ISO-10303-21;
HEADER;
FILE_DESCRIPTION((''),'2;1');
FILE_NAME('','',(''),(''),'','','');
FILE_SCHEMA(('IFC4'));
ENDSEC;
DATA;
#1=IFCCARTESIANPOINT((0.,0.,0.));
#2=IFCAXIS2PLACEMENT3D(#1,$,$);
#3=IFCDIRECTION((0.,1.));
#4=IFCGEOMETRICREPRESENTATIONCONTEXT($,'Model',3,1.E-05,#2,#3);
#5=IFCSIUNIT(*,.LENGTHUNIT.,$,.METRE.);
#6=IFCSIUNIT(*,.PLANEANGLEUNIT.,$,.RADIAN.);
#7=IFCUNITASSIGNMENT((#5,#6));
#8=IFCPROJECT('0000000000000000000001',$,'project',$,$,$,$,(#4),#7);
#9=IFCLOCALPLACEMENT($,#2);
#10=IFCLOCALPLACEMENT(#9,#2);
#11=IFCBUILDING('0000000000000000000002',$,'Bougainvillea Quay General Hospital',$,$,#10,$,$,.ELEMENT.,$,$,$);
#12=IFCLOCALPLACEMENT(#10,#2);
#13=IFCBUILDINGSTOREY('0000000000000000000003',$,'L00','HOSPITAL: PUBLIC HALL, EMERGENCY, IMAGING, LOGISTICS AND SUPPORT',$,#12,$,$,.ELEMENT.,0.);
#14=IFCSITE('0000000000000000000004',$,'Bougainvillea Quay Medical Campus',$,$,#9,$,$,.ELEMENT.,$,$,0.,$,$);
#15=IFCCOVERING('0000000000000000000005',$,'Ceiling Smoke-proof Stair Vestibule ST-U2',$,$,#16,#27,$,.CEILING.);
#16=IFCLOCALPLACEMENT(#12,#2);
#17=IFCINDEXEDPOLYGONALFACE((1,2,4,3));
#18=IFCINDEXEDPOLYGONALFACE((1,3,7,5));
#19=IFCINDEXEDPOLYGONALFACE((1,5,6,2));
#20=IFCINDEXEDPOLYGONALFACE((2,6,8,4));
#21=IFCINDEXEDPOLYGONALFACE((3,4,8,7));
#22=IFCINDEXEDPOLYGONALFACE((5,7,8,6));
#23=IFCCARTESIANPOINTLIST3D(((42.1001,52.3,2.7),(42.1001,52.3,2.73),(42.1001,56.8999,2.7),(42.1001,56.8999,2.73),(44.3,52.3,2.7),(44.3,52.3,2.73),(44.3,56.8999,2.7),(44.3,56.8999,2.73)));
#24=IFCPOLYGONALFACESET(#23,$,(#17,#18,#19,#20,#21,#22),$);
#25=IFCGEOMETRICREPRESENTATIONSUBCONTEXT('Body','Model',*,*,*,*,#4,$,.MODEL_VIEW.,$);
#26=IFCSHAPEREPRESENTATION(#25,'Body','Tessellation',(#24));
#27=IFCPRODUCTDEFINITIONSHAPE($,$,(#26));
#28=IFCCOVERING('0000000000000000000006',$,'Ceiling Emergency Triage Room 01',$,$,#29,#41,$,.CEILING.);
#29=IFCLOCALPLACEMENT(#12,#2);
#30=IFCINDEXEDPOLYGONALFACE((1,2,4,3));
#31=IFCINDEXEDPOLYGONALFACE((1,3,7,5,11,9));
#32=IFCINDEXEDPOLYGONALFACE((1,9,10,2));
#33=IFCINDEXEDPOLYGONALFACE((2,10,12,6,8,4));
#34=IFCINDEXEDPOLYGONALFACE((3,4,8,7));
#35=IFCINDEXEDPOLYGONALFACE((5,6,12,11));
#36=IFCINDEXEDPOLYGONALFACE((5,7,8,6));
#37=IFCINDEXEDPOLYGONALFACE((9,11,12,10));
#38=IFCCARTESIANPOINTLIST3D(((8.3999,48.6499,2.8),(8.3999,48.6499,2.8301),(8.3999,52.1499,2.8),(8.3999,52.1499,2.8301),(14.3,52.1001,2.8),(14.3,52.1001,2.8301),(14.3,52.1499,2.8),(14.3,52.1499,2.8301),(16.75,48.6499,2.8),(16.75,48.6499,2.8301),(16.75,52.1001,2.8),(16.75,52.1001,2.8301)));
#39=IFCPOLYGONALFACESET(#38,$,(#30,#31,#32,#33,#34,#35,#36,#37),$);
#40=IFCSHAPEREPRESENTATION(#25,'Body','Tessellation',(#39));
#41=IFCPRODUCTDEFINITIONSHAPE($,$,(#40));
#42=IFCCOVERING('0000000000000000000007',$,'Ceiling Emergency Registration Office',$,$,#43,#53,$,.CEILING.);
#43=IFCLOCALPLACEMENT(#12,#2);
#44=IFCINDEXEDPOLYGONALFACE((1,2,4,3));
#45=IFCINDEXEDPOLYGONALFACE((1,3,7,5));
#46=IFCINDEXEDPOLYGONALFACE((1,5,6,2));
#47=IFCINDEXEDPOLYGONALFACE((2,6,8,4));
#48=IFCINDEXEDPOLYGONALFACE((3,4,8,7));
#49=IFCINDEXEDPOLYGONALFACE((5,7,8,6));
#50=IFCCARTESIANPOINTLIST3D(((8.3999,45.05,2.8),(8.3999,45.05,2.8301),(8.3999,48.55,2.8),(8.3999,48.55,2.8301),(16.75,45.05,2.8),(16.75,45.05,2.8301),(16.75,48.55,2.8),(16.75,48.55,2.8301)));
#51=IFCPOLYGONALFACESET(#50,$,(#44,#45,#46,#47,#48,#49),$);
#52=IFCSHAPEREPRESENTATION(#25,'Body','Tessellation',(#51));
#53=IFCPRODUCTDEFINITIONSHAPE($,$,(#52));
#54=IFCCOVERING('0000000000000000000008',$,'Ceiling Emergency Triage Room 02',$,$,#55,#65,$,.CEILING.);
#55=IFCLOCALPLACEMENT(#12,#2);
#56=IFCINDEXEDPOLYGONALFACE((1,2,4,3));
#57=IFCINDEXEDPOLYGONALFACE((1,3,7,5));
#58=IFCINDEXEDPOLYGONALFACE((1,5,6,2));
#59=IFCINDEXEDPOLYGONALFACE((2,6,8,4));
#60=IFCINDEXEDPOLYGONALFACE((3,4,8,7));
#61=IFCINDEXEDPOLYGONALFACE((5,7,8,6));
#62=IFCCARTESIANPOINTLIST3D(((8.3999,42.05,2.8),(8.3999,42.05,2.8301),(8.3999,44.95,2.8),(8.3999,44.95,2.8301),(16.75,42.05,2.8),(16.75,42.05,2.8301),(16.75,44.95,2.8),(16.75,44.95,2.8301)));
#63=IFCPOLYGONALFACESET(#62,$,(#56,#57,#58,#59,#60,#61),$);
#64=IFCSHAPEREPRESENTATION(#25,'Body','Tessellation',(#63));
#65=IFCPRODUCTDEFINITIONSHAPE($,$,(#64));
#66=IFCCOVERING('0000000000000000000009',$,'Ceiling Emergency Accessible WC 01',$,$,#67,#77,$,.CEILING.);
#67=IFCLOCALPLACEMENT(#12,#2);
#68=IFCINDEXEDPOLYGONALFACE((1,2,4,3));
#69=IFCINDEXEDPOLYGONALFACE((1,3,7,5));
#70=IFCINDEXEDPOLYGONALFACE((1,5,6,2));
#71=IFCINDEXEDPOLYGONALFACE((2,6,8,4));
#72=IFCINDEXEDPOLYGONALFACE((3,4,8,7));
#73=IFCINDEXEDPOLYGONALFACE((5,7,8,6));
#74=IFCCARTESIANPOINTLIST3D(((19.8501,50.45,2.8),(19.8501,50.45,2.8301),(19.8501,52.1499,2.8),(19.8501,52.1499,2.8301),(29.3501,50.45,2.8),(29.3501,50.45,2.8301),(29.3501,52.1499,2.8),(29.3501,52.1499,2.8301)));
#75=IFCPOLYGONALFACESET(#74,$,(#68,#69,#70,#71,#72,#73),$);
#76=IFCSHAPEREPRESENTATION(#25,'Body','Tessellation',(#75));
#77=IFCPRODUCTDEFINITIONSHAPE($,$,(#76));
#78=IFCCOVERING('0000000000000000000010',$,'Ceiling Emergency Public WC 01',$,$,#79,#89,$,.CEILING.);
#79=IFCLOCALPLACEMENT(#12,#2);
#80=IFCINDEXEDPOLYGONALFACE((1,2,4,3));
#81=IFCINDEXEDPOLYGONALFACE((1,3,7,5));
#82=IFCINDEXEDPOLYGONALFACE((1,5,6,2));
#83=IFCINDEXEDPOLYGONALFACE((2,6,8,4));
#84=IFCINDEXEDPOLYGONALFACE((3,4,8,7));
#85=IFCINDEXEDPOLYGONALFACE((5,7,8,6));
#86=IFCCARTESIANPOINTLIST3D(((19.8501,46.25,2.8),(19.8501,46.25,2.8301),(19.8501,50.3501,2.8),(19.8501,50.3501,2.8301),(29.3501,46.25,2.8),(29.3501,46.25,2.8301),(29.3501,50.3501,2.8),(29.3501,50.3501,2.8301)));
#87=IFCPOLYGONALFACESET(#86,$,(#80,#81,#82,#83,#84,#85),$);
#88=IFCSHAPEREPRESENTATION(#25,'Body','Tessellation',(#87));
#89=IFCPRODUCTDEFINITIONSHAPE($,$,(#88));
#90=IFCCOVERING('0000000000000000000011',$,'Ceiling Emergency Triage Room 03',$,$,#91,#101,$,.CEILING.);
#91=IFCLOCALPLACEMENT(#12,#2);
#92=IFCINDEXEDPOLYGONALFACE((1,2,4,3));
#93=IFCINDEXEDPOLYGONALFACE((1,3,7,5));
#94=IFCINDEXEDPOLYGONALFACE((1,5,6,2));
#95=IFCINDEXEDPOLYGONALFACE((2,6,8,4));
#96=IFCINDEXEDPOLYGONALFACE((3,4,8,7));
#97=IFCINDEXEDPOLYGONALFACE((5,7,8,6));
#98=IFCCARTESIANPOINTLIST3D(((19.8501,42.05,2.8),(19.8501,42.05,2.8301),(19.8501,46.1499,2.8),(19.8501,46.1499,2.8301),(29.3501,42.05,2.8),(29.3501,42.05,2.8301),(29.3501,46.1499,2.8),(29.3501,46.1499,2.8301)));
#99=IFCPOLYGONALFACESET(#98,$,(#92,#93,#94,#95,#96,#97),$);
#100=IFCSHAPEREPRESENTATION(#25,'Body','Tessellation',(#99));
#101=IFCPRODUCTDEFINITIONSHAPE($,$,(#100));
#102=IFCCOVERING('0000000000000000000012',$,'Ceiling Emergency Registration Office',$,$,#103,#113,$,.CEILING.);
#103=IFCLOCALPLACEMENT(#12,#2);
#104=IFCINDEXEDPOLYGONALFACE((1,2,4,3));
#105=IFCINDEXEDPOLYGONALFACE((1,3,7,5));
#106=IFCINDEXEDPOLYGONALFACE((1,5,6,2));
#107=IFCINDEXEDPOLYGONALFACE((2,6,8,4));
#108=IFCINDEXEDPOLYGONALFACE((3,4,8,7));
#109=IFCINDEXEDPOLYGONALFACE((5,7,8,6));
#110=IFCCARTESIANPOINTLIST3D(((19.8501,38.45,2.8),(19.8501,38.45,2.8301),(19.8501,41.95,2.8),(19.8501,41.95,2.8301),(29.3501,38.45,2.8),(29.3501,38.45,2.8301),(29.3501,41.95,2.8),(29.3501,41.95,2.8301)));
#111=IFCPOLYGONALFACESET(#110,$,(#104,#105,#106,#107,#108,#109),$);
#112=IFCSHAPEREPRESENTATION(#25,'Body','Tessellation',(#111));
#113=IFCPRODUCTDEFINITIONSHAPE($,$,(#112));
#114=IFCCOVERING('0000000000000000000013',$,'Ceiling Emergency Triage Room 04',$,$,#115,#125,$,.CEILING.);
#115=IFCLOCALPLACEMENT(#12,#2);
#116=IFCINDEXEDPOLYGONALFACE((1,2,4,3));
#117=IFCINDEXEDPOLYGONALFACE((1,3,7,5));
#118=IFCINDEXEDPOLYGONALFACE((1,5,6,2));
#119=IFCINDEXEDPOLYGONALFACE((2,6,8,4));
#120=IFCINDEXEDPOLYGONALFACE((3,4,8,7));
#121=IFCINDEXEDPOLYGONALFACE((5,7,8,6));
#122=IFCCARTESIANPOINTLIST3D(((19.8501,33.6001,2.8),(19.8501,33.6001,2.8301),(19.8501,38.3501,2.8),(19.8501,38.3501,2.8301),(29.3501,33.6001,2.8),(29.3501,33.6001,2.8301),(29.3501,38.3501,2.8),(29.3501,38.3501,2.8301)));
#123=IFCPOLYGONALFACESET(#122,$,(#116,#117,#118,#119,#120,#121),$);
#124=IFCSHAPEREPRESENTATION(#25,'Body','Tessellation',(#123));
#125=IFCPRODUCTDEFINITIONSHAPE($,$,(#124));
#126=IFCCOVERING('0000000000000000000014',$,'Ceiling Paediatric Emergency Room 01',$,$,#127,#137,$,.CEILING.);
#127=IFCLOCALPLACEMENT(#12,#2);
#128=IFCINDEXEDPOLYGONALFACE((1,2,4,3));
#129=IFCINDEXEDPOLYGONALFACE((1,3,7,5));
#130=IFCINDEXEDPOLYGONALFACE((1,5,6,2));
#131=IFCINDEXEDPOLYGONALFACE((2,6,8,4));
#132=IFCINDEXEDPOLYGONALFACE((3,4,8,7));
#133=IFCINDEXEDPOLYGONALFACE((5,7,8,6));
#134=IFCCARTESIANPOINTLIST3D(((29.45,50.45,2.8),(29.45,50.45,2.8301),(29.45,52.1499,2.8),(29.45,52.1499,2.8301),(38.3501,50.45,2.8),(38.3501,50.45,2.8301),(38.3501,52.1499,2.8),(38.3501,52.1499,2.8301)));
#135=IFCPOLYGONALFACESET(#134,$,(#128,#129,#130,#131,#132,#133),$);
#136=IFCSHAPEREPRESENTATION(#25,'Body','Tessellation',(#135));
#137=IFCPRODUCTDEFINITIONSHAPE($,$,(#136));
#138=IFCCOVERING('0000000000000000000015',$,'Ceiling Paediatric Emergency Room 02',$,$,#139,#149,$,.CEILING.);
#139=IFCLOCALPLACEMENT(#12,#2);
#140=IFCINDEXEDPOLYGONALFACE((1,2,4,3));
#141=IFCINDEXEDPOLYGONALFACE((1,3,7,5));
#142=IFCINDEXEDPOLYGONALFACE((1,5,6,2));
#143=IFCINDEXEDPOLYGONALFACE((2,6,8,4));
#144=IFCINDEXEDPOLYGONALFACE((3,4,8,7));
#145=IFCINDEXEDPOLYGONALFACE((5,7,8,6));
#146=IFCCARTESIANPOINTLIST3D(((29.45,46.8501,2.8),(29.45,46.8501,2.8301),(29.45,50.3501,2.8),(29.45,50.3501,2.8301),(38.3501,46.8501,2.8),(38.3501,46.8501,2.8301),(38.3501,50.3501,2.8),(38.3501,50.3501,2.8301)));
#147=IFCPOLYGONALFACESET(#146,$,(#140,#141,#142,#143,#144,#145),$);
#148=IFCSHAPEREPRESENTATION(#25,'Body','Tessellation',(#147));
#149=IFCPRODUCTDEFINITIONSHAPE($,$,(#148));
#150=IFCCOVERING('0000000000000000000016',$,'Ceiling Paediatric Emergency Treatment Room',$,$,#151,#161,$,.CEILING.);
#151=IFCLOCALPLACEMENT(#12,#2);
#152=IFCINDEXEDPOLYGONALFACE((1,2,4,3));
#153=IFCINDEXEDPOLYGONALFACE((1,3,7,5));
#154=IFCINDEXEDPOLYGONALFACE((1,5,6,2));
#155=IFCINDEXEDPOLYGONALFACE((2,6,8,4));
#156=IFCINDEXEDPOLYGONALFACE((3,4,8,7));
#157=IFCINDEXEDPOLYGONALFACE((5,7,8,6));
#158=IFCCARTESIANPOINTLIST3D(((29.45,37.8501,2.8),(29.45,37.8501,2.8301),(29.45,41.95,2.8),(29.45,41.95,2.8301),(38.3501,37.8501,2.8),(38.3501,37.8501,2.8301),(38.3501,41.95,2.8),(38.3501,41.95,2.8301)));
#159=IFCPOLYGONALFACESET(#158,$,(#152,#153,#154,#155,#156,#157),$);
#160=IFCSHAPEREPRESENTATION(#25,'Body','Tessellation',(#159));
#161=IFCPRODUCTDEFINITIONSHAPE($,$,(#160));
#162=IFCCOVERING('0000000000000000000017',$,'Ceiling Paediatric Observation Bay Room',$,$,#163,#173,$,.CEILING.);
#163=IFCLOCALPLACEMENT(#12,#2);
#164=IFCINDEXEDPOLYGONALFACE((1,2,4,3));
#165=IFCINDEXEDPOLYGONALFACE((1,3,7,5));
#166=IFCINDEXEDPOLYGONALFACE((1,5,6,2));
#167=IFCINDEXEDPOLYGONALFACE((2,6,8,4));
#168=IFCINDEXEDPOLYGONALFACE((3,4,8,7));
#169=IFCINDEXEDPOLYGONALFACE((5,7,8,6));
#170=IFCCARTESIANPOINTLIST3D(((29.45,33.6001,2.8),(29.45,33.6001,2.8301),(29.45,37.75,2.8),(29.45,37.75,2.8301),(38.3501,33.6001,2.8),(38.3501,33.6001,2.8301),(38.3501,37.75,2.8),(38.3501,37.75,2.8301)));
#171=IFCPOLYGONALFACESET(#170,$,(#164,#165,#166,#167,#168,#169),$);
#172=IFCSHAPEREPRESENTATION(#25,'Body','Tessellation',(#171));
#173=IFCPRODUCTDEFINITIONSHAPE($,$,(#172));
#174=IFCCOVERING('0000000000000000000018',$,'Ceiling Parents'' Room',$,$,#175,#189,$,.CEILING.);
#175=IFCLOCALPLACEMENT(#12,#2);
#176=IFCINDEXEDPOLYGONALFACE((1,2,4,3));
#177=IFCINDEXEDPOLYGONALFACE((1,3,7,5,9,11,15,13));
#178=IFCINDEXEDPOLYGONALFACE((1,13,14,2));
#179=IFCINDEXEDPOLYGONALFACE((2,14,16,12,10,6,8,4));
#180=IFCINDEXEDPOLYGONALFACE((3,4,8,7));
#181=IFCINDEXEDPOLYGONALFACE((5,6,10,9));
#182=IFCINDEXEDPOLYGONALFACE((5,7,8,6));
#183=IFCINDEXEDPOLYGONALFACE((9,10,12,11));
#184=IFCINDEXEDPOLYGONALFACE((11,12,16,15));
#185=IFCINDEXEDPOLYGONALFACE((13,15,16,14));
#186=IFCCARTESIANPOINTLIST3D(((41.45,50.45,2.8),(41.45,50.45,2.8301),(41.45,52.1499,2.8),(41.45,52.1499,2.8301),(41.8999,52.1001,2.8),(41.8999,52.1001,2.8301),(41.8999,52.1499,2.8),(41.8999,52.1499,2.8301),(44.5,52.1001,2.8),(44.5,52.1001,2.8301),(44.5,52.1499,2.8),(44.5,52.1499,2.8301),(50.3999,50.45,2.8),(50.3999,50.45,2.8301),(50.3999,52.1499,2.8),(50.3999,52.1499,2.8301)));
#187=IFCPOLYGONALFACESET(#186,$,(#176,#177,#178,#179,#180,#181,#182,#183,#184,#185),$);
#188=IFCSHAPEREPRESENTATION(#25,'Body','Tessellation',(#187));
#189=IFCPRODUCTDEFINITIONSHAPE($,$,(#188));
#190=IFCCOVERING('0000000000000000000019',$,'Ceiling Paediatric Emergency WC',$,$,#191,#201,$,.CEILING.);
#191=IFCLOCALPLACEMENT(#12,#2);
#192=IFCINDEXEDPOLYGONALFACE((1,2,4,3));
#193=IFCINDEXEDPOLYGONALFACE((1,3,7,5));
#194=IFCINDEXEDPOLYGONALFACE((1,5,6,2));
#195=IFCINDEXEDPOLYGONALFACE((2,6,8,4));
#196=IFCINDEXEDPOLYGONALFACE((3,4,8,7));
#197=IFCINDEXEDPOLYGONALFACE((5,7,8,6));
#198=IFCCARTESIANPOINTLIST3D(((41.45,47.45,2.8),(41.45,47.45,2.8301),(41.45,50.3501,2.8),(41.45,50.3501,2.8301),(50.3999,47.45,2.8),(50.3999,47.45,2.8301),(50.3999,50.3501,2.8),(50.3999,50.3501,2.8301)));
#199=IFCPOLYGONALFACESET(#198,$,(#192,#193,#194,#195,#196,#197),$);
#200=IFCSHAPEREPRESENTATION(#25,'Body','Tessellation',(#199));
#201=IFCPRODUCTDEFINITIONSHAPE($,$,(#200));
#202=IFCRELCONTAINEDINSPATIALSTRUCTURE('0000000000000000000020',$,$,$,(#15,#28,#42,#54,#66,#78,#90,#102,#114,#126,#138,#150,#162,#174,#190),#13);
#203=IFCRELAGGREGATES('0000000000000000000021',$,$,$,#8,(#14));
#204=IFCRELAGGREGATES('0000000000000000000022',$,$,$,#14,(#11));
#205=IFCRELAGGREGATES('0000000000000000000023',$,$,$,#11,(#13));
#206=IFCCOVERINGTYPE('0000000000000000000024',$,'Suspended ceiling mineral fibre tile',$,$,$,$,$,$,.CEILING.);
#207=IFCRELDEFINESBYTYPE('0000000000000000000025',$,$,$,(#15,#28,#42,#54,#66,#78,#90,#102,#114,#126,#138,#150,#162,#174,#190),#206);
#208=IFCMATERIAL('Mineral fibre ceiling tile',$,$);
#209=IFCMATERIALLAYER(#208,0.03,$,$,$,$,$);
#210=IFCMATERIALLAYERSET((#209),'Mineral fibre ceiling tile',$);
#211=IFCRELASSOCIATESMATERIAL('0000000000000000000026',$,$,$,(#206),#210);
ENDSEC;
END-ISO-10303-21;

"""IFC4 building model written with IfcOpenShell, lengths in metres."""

from ifc_helpers import new_model, si_unit, direction, frame, origin, place, context, subcontext, project, spatial, polyline, outline, extrude, material, layer, layer_set, type_object, element, save


model = new_model("IFC4")

# Units and contexts
model_context = context("Model", 3, precision=1e-05, world=origin(), true_north=direction((0.0, 1.0)))
body_context = subcontext(model_context, "Body", "Model", "MODEL_VIEW")
ifc_project = project(units=[si_unit("LENGTHUNIT", "METRE"), si_unit("PLANEANGLEUNIT", "RADIAN")], contexts=[model_context])

# Site, building, storey
site_placement = place(None, origin())
site = spatial("IfcSite", under=ifc_project, at=site_placement, Name="Bougainvillea Quay Medical Campus", CompositionType="ELEMENT", RefElevation=0.0)
building_placement = place(site_placement, origin())
building = spatial("IfcBuilding", under=site, at=building_placement, Name="Bougainvillea Quay General Hospital", CompositionType="ELEMENT")
storey_placement = place(building_placement, origin())
storey = spatial("IfcBuildingStorey", under=building, at=storey_placement, Name="L00", Description="HOSPITAL: PUBLIC HALL, EMERGENCY, IMAGING, LOGISTICS AND SUPPORT", CompositionType="ELEMENT", Elevation=0.0)

# Coverings
ifc_material = material(Name="Mineral fibre ceiling tile")
ifc_layer = layer(ifc_material, 0.03)
ifc_layer_set = layer_set([ifc_layer], Name="Mineral fibre ceiling tile")
covering_type = type_object("IfcCoveringType", Name="Suspended ceiling mineral fibre tile", PredefinedType="CEILING", material=ifc_layer_set)
covering_1_placement = place(storey_placement, frame((0.0, 0.0, 2.7)))
element("IfcCovering", 1, at=covering_1_placement, inside=storey, type_object=covering_type, Name="Ceiling Smoke-proof Stair Vestibule ST-U2", PredefinedType="CEILING", context=body_context, shape_type="SweptSolid", body=[
    extrude(outline(polyline([(42.1001, 56.8999), (42.1001, 52.3), (44.3, 52.3), (44.3, 56.8999), (42.1001, 56.8999)])), origin(), (0.0, 0.0, 1.0), 0.03),
])
covering_2_placement = place(storey_placement, frame((0.0, 0.0, 2.8)))
element("IfcCovering", 2, at=covering_2_placement, inside=storey, type_object=covering_type, Name="Ceiling Emergency Triage Room 01", PredefinedType="CEILING", context=body_context, shape_type="SweptSolid", body=[
    extrude(outline(polyline([(8.3999, 48.6499), (16.75, 48.6499), (16.75, 52.1001), (14.3, 52.1001), (14.3, 52.1499), (8.3999, 52.1499), (8.3999, 48.6499)])), origin(), (0.0, 0.0, 1.0), 0.03),
])
covering_3_placement = place(storey_placement, frame((0.0, 0.0, 2.8)))
element("IfcCovering", 3, at=covering_3_placement, inside=storey, type_object=covering_type, Name="Ceiling Emergency Registration Office", PredefinedType="CEILING", context=body_context, shape_type="SweptSolid", body=[
    extrude(outline(polyline([(8.3999, 45.05), (16.75, 45.05), (16.75, 48.55), (8.3999, 48.55), (8.3999, 45.05)])), origin(), (0.0, 0.0, 1.0), 0.03),
])
covering_4_placement = place(storey_placement, frame((0.0, 0.0, 2.8)))
element("IfcCovering", 4, at=covering_4_placement, inside=storey, type_object=covering_type, Name="Ceiling Emergency Triage Room 02", PredefinedType="CEILING", context=body_context, shape_type="SweptSolid", body=[
    extrude(outline(polyline([(8.3999, 42.05), (16.75, 42.05), (16.75, 44.95), (8.3999, 44.95), (8.3999, 42.05)])), origin(), (0.0, 0.0, 1.0), 0.03),
])
covering_5_placement = place(storey_placement, frame((0.0, 0.0, 2.8)))
element("IfcCovering", 5, at=covering_5_placement, inside=storey, type_object=covering_type, Name="Ceiling Emergency Accessible WC 01", PredefinedType="CEILING", context=body_context, shape_type="SweptSolid", body=[
    extrude(outline(polyline([(19.8501, 50.45), (29.3501, 50.45), (29.3501, 52.1499), (19.8501, 52.1499), (19.8501, 50.45)])), origin(), (0.0, 0.0, 1.0), 0.03),
])
covering_6_placement = place(storey_placement, frame((0.0, 0.0, 2.8)))
element("IfcCovering", 6, at=covering_6_placement, inside=storey, type_object=covering_type, Name="Ceiling Emergency Public WC 01", PredefinedType="CEILING", context=body_context, shape_type="SweptSolid", body=[
    extrude(outline(polyline([(19.8501, 46.25), (29.3501, 46.25), (29.3501, 50.3501), (19.8501, 50.3501), (19.8501, 46.25)])), origin(), (0.0, 0.0, 1.0), 0.03),
])
covering_7_placement = place(storey_placement, frame((0.0, 0.0, 2.8)))
element("IfcCovering", 7, at=covering_7_placement, inside=storey, type_object=covering_type, Name="Ceiling Emergency Triage Room 03", PredefinedType="CEILING", context=body_context, shape_type="SweptSolid", body=[
    extrude(outline(polyline([(29.3501, 46.1499), (19.8501, 46.1499), (19.8501, 42.05), (29.3501, 42.05), (29.3501, 46.1499)])), origin(), (0.0, 0.0, 1.0), 0.03),
])
covering_8_placement = place(storey_placement, frame((0.0, 0.0, 2.8)))
element("IfcCovering", 8, at=covering_8_placement, inside=storey, type_object=covering_type, Name="Ceiling Emergency Registration Office", PredefinedType="CEILING", context=body_context, shape_type="SweptSolid", body=[
    extrude(outline(polyline([(29.3501, 41.95), (19.8501, 41.95), (19.8501, 38.45), (29.3501, 38.45), (29.3501, 41.95)])), origin(), (0.0, 0.0, 1.0), 0.03),
])
covering_9_placement = place(storey_placement, frame((0.0, 0.0, 2.8)))
element("IfcCovering", 9, at=covering_9_placement, inside=storey, type_object=covering_type, Name="Ceiling Emergency Triage Room 04", PredefinedType="CEILING", context=body_context, shape_type="SweptSolid", body=[
    extrude(outline(polyline([(29.3501, 33.6001), (29.3501, 38.3501), (19.8501, 38.3501), (19.8501, 33.6001), (29.3501, 33.6001)])), origin(), (0.0, 0.0, 1.0), 0.03),
])
covering_10_placement = place(storey_placement, frame((0.0, 0.0, 2.8)))
element("IfcCovering", 10, at=covering_10_placement, inside=storey, type_object=covering_type, Name="Ceiling Paediatric Emergency Room 01", PredefinedType="CEILING", context=body_context, shape_type="SweptSolid", body=[
    extrude(outline(polyline([(29.45, 50.45), (38.3501, 50.45), (38.3501, 52.1499), (29.45, 52.1499), (29.45, 50.45)])), origin(), (0.0, 0.0, 1.0), 0.03),
])
covering_11_placement = place(storey_placement, frame((0.0, 0.0, 2.8)))
element("IfcCovering", 11, at=covering_11_placement, inside=storey, type_object=covering_type, Name="Ceiling Paediatric Emergency Room 02", PredefinedType="CEILING", context=body_context, shape_type="SweptSolid", body=[
    extrude(outline(polyline([(29.45, 46.8501), (38.3501, 46.8501), (38.3501, 50.3501), (29.45, 50.3501), (29.45, 46.8501)])), origin(), (0.0, 0.0, 1.0), 0.03),
])
covering_12_placement = place(storey_placement, frame((0.0, 0.0, 2.8)))
element("IfcCovering", 12, at=covering_12_placement, inside=storey, type_object=covering_type, Name="Ceiling Paediatric Emergency Treatment Room", PredefinedType="CEILING", context=body_context, shape_type="SweptSolid", body=[
    extrude(outline(polyline([(29.45, 37.8501), (38.3501, 37.8501), (38.3501, 41.95), (29.45, 41.95), (29.45, 37.8501)])), origin(), (0.0, 0.0, 1.0), 0.03),
])
covering_13_placement = place(storey_placement, frame((0.0, 0.0, 2.8)))
element("IfcCovering", 13, at=covering_13_placement, inside=storey, type_object=covering_type, Name="Ceiling Paediatric Observation Bay Room", PredefinedType="CEILING", context=body_context, shape_type="SweptSolid", body=[
    extrude(outline(polyline([(38.3501, 33.6001), (38.3501, 37.75), (29.45, 37.75), (29.45, 33.6001), (38.3501, 33.6001)])), origin(), (0.0, 0.0, 1.0), 0.03),
])
covering_14_placement = place(storey_placement, frame((0.0, 0.0, 2.8)))
element("IfcCovering", 14, at=covering_14_placement, inside=storey, type_object=covering_type, Name="Ceiling Parents' Room", PredefinedType="CEILING", context=body_context, shape_type="SweptSolid", body=[
    extrude(outline(polyline([(50.3999, 52.1499), (44.5, 52.1499), (44.5, 52.1001), (41.8999, 52.1001), (41.8999, 52.1499), (41.45, 52.1499), (41.45, 50.45), (50.3999, 50.45), (50.3999, 52.1499)])), origin(), (0.0, 0.0, 1.0), 0.03),
])
covering_15_placement = place(storey_placement, frame((0.0, 0.0, 2.8)))
element("IfcCovering", 15, at=covering_15_placement, inside=storey, type_object=covering_type, Name="Ceiling Paediatric Emergency WC", PredefinedType="CEILING", context=body_context, shape_type="SweptSolid", body=[
    extrude(outline(polyline([(50.3999, 50.3501), (41.45, 50.3501), (41.45, 47.45), (50.3999, 47.45), (50.3999, 50.3501)])), origin(), (0.0, 0.0, 1.0), 0.03),
])

save(model, "model.ifc")
